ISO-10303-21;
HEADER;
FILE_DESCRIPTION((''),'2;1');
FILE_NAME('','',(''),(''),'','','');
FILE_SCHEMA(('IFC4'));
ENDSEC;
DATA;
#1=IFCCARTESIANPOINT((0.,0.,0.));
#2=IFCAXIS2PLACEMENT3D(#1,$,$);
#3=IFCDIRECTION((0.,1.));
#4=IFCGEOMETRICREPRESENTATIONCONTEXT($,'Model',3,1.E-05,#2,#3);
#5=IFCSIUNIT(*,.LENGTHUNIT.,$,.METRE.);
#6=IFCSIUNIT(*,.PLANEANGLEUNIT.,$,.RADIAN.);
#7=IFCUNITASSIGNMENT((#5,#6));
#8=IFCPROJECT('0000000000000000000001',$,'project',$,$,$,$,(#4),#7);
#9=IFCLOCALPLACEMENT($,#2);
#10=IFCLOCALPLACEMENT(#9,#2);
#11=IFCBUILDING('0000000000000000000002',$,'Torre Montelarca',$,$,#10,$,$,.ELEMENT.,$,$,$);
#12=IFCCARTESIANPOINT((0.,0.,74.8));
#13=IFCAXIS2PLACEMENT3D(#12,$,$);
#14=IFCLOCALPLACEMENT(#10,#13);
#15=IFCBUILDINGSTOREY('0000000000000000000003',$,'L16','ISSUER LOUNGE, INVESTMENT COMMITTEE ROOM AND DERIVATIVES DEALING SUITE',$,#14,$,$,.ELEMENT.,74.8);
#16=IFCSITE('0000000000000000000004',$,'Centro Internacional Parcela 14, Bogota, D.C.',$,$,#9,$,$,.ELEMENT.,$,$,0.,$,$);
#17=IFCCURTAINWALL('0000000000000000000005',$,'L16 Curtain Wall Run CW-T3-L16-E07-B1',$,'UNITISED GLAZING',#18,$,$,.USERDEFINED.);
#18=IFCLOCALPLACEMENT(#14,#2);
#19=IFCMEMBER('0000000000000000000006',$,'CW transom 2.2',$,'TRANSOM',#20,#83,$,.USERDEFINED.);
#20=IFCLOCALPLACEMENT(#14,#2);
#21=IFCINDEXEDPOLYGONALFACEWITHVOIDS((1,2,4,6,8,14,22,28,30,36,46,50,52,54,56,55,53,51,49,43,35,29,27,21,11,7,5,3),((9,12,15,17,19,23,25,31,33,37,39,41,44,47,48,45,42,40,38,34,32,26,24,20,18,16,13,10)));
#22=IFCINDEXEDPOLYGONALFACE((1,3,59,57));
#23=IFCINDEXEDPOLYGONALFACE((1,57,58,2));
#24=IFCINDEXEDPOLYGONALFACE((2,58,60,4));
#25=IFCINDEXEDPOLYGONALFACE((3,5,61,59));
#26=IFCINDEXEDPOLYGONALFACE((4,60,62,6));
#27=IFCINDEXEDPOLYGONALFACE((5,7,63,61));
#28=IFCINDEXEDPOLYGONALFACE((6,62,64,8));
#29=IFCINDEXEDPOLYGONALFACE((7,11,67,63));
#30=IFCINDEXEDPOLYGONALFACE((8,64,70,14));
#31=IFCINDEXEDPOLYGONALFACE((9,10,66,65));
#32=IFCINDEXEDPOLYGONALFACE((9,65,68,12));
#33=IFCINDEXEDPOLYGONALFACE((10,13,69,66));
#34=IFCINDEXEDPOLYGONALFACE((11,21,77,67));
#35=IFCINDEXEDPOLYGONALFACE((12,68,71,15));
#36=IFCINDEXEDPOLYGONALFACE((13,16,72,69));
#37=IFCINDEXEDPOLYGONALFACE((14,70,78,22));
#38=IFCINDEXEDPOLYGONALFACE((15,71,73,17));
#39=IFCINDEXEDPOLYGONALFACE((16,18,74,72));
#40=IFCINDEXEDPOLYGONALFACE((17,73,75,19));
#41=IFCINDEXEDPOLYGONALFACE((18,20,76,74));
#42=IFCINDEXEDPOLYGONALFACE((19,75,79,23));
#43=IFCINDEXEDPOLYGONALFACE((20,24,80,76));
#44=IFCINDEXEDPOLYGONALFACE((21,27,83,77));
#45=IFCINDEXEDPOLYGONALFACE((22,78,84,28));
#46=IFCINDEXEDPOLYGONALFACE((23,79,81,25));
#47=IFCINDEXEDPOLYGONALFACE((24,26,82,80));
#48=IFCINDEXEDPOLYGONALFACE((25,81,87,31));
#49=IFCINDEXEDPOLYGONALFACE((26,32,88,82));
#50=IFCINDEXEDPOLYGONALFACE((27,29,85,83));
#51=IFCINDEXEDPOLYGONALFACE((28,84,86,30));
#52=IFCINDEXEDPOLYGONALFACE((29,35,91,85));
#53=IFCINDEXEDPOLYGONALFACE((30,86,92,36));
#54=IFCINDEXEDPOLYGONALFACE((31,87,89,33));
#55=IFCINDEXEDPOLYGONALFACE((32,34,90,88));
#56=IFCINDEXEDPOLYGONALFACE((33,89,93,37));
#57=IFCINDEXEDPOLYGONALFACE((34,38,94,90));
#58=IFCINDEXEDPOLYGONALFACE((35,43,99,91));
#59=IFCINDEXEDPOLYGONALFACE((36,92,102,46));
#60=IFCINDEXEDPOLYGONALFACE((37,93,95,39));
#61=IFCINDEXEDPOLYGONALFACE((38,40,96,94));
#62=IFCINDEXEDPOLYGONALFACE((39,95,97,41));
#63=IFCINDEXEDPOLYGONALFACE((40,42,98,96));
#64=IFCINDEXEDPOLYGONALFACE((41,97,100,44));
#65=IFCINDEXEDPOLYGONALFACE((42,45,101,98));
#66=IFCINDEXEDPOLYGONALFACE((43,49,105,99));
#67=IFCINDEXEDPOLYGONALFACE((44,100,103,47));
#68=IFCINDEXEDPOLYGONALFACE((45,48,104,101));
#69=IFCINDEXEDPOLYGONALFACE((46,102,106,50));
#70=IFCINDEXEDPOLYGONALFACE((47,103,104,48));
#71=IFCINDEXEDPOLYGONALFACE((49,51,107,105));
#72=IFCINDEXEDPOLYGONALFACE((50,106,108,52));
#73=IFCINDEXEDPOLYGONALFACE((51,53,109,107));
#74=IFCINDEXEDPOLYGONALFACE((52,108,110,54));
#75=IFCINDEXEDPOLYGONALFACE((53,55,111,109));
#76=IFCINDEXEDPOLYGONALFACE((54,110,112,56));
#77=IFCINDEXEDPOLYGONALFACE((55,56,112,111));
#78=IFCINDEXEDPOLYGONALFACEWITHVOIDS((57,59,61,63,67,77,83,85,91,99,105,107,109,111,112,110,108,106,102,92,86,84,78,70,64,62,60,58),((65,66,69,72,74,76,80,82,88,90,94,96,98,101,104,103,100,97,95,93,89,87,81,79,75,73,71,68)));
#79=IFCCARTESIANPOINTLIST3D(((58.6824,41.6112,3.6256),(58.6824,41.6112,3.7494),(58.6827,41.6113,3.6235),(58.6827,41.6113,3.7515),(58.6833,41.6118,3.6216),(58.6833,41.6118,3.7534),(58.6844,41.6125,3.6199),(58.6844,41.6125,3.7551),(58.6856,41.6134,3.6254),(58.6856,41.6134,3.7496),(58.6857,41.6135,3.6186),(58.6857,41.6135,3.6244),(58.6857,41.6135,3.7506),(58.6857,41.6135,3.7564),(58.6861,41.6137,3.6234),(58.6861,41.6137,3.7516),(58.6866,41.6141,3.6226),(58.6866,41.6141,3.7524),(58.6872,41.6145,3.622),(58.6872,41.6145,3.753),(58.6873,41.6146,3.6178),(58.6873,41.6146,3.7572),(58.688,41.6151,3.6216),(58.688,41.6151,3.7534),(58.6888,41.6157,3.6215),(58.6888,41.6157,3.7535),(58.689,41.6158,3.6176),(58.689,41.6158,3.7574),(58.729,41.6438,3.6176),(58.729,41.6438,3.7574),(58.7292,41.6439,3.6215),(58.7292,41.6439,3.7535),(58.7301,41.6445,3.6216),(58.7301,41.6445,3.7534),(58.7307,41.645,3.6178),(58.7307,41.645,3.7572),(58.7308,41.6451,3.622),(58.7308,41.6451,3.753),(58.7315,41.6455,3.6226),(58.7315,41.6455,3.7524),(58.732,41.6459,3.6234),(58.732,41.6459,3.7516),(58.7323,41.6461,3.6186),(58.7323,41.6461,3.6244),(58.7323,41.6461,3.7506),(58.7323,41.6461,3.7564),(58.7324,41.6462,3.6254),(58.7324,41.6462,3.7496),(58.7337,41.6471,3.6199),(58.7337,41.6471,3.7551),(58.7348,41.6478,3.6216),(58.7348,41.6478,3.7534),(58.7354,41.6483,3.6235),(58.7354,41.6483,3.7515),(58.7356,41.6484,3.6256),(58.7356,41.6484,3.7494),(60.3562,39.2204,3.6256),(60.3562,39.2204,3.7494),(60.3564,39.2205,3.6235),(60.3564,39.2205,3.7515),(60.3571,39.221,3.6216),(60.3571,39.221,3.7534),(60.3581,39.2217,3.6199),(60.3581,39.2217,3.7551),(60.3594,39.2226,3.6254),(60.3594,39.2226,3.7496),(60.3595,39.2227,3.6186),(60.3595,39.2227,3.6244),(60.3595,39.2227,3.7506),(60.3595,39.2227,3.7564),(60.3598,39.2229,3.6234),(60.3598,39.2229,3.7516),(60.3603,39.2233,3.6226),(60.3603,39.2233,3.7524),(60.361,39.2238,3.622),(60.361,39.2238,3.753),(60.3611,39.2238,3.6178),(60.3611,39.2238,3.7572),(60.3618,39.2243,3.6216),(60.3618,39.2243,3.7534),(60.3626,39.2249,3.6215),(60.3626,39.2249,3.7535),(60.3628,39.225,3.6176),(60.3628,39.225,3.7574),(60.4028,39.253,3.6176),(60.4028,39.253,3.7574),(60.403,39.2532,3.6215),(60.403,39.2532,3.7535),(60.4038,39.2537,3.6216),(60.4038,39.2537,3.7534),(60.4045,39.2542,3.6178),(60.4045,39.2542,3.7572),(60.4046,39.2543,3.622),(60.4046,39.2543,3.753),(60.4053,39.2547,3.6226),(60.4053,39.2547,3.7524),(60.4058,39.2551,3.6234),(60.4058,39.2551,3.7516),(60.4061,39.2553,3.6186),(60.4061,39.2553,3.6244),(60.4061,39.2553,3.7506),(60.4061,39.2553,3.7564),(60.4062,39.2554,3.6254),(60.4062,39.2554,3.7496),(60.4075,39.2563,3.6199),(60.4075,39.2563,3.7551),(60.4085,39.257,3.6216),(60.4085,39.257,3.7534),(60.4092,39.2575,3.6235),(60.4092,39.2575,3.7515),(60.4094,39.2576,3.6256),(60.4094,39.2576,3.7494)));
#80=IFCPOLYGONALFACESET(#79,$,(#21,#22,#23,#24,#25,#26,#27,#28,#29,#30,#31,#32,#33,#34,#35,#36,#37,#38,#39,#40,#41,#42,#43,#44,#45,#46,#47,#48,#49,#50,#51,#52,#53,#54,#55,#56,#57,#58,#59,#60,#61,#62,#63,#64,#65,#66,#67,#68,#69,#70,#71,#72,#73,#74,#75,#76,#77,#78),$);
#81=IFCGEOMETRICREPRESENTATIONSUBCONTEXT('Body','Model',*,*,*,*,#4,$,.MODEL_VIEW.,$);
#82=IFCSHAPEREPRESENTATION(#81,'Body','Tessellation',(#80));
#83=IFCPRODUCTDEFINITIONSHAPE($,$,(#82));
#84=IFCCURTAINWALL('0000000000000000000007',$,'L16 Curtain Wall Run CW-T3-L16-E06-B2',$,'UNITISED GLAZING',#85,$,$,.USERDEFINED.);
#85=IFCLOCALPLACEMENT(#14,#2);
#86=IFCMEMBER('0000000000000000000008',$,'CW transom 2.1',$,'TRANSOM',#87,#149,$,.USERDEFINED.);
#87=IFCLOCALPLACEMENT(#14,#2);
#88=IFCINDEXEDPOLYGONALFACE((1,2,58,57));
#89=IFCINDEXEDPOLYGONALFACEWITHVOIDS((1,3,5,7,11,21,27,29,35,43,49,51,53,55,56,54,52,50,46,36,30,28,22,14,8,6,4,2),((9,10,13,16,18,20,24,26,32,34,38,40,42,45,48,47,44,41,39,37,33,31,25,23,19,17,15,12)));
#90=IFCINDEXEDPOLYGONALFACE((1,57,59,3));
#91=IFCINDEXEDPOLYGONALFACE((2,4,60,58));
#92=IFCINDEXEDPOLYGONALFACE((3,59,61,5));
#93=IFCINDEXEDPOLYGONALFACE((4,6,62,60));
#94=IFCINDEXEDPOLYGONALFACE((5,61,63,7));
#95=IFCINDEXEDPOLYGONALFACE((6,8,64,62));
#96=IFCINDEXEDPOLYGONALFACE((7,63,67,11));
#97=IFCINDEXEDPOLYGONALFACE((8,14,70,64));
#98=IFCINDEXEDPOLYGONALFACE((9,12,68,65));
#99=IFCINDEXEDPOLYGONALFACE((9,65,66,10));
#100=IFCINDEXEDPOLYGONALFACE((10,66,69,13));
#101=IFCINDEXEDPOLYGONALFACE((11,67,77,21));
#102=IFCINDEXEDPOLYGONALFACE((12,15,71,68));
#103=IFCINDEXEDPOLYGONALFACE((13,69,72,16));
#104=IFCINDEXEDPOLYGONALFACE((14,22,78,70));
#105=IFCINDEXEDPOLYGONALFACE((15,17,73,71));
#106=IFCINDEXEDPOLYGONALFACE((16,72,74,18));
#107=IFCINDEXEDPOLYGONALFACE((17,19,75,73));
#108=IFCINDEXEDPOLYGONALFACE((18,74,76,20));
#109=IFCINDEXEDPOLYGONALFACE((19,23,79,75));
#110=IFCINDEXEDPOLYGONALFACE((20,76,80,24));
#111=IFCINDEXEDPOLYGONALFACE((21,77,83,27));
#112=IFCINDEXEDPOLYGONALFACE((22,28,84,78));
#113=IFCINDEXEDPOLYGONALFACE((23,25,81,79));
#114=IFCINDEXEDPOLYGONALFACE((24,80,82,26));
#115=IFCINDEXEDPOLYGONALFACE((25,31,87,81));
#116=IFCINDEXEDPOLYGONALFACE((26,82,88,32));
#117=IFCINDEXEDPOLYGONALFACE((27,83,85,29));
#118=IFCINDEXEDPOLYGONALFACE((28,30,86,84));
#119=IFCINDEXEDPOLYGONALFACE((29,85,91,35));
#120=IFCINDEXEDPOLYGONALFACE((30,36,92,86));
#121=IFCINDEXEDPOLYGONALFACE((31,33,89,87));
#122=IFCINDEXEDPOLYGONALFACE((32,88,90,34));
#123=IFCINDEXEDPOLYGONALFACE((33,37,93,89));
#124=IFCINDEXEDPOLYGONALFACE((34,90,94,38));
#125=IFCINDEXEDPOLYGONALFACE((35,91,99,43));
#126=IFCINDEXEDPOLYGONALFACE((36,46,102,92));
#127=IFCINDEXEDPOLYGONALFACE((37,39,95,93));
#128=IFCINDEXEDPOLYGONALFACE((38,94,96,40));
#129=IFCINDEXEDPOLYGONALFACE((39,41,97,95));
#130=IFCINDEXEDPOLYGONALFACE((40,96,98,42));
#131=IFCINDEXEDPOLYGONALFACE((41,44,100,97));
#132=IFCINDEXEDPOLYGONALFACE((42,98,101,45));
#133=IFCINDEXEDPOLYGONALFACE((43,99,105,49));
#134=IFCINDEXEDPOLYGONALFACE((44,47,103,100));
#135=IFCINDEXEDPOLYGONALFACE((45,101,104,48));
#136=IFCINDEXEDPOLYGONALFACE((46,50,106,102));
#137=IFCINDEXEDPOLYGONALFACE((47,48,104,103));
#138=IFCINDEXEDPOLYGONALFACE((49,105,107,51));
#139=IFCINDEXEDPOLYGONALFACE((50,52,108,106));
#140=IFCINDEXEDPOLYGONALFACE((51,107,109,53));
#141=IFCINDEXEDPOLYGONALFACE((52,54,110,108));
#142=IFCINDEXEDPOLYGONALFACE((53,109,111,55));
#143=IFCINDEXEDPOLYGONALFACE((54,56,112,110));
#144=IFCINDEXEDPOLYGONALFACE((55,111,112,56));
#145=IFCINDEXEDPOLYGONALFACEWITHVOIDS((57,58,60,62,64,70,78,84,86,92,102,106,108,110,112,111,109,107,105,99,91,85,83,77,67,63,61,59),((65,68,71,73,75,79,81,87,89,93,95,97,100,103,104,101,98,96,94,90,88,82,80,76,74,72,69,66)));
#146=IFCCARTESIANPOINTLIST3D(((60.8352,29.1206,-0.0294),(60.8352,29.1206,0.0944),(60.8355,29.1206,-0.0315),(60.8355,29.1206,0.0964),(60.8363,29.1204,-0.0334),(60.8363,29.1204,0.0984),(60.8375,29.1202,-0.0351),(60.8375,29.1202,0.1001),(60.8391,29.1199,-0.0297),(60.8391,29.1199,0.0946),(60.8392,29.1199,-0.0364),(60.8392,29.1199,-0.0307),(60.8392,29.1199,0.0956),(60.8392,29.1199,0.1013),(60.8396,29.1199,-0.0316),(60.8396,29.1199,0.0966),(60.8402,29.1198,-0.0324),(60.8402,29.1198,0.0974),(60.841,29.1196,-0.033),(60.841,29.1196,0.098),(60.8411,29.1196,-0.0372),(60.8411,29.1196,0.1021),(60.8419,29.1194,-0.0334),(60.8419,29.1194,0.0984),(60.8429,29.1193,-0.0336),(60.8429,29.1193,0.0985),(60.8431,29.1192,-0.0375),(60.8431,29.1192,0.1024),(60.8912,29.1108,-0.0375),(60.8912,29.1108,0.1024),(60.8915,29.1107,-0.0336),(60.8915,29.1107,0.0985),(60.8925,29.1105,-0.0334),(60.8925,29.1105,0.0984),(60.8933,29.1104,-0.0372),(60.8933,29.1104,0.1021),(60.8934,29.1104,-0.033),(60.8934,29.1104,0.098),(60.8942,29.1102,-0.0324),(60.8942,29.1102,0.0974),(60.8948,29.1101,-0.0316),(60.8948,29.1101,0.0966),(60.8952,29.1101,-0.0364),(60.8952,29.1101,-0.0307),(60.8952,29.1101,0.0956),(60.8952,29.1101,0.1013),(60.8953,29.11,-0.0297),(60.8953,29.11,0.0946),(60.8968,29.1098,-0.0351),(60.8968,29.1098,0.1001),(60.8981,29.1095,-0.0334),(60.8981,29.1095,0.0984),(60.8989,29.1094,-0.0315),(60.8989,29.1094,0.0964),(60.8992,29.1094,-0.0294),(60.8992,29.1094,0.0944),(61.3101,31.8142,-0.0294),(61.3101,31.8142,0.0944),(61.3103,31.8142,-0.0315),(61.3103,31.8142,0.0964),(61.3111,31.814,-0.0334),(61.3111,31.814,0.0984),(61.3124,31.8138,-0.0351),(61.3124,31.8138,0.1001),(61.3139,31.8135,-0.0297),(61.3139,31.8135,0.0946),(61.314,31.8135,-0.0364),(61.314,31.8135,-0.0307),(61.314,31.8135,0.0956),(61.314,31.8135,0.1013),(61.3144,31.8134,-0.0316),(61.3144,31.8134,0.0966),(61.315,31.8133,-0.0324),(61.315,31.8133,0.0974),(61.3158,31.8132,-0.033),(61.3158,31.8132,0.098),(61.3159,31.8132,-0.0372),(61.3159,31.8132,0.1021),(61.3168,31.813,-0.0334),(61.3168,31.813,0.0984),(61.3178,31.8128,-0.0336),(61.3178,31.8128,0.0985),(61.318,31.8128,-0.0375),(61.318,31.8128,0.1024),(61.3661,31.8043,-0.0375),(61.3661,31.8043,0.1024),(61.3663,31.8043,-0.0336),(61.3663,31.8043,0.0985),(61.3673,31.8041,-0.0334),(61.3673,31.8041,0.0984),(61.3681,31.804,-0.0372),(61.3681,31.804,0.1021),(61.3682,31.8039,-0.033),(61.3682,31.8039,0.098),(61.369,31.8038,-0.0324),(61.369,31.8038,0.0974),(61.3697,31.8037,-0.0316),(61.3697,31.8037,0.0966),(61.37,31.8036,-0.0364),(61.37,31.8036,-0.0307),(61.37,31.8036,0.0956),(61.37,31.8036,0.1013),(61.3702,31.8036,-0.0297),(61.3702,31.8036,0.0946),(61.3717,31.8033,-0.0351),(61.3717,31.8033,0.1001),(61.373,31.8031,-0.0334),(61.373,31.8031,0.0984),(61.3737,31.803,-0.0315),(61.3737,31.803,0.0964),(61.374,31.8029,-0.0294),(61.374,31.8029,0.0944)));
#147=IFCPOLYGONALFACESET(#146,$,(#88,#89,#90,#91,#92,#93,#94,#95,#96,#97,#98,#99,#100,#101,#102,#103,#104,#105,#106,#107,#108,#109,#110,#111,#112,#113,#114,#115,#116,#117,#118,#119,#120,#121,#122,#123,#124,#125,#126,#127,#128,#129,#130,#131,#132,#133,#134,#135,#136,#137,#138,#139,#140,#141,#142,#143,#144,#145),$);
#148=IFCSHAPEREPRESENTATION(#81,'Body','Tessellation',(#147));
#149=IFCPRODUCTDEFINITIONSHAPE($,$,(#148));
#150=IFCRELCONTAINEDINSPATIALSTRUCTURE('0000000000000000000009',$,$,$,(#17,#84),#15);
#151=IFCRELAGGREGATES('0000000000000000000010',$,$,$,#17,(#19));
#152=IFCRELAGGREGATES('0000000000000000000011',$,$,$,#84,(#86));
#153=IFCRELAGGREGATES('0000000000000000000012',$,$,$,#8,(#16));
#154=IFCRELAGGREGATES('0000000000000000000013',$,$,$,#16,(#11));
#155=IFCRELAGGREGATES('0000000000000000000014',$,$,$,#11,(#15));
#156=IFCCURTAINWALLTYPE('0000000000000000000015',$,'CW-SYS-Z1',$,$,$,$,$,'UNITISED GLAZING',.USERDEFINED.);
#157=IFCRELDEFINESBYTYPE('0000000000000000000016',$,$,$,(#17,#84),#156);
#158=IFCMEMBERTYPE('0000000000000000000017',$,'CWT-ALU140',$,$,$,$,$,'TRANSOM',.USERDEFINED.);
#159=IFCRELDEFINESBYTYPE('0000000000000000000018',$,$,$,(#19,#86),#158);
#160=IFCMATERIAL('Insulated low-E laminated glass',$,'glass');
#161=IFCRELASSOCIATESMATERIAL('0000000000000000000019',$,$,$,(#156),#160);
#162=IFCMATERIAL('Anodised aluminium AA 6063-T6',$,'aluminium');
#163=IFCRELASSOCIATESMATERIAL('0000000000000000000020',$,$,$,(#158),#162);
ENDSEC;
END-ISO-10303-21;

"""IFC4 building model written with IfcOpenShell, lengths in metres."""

from ifc_helpers import new_model, si_unit, direction, frame, origin, origin_2d, place, context, subcontext, project, spatial, hollow_rectangle, extrude, source, transform, mapped, material, material_profile, profile_set, type_object, element, aggregate, save


model = new_model("IFC4")

# Units and contexts
model_context = context("Model", 3, precision=1e-05, world=origin(), true_north=direction((0.0, 1.0)))
body_context = subcontext(model_context, "Body", "Model", "MODEL_VIEW")
ifc_project = project(units=[si_unit("LENGTHUNIT", "METRE"), si_unit("PLANEANGLEUNIT", "RADIAN")], contexts=[model_context])

# Site, building, storey
site_placement = place(None, origin())
site = spatial("IfcSite", under=ifc_project, at=site_placement, Name="Centro Internacional Parcela 14, Bogota, D.C.", CompositionType="ELEMENT", RefElevation=0.0)
building_placement = place(site_placement, origin())
building = spatial("IfcBuilding", under=site, at=building_placement, Name="Torre Montelarca", CompositionType="ELEMENT")
storey_placement = place(building_placement, frame((0.0, 0.0, 74.8)))
storey = spatial("IfcBuildingStorey", under=building, at=storey_placement, Name="L16", Description="ISSUER LOUNGE, INVESTMENT COMMITTEE ROOM AND DERIVATIVES DEALING SUITE", CompositionType="ELEMENT", Elevation=74.8)

# Curtain walls, members
ifc_material_1 = material(Name="Insulated low-E laminated glass", Category="glass")
curtain_wall_type = type_object("IfcCurtainWallType", Name="CW-SYS-Z1", ElementType="UNITISED GLAZING", PredefinedType="USERDEFINED", material=ifc_material_1)
curtain_wall_1_placement = place(storey_placement, origin())
curtain_wall_1 = element("IfcCurtainWall", 1, at=curtain_wall_1_placement, inside=storey, type_object=curtain_wall_type, Name="L16 Curtain Wall Run CW-T3-L16-E07-B1", ObjectType="UNITISED GLAZING", PredefinedType="USERDEFINED")
ifc_material_2 = material(Name="Anodised aluminium AA 6063-T6", Category="aluminium")
ifc_material_profile_1 = material_profile(ifc_material_2, hollow_rectangle(XDim=0.0649, YDim=0.1399, WallThickness=0.0039, InnerFilletRadius=0.0039, OuterFilletRadius=0.0081, at=origin_2d()), Name="ALU65X140X4", Category="aluminium")
ifc_profile_set_1 = profile_set([ifc_material_profile_1], Name="Anodised aluminium AA 6063-T6")
member_type_1 = type_object("IfcMemberType", Name="CWT-ALU140", ElementType="TRANSOM", PredefinedType="USERDEFINED", material=ifc_profile_set_1)
shared_shape_1 = source(origin(), body_context, "Body", "SweptSolid", [
    extrude(hollow_rectangle(XDim=0.0649, YDim=0.1399, WallThickness=0.0039, InnerFilletRadius=0.0039, OuterFilletRadius=0.0081, at=origin_2d()), origin(), (0.0, 0.0, 1.0), 2.9185),
])
member_1_placement = place(storey_placement, frame((60.3828, 39.239, 3.6875), z_axis=(-0.573513, 0.819197, 0.0), x_axis=(-0.819197, -0.573513, 0.0)))
member_1 = element("IfcMember", 2, at=member_1_placement, type_object=member_type_1, Name="CW transom 2.2", ObjectType="TRANSOM", PredefinedType="USERDEFINED", context=body_context, shape_type="MappedRepresentation", body=[
    mapped(shared_shape_1, transform((0.0, 0.0, 0.0), scale=1.0)),
])
curtain_wall_2_placement = place(storey_placement, origin())
curtain_wall_2 = element("IfcCurtainWall", 3, at=curtain_wall_2_placement, inside=storey, type_object=curtain_wall_type, Name="L16 Curtain Wall Run CW-T3-L16-E06-B2", ObjectType="UNITISED GLAZING", PredefinedType="USERDEFINED")
shared_shape_2 = source(origin(), body_context, "Body", "SweptSolid", [
    extrude(hollow_rectangle(XDim=0.0649, YDim=0.1399, WallThickness=0.0039, InnerFilletRadius=0.0039, OuterFilletRadius=0.0081, at=origin_2d()), origin(), (0.0, 0.0, 1.0), 2.7351),
])
member_2_placement = place(storey_placement, frame((60.8672, 29.115, 0.0325), z_axis=(0.173612, 0.984814, 0.0), x_axis=(-0.984814, 0.173612, 0.0)))
member_2 = element("IfcMember", 4, at=member_2_placement, type_object=member_type_1, Name="CW transom 2.1", ObjectType="TRANSOM", PredefinedType="USERDEFINED", context=body_context, shape_type="MappedRepresentation", body=[
    mapped(shared_shape_2, transform((0.0, 0.0, 0.0), scale=1.0)),
])

aggregate(curtain_wall_1, [member_1])
aggregate(curtain_wall_2, [member_2])

save(model, "model.ifc")
